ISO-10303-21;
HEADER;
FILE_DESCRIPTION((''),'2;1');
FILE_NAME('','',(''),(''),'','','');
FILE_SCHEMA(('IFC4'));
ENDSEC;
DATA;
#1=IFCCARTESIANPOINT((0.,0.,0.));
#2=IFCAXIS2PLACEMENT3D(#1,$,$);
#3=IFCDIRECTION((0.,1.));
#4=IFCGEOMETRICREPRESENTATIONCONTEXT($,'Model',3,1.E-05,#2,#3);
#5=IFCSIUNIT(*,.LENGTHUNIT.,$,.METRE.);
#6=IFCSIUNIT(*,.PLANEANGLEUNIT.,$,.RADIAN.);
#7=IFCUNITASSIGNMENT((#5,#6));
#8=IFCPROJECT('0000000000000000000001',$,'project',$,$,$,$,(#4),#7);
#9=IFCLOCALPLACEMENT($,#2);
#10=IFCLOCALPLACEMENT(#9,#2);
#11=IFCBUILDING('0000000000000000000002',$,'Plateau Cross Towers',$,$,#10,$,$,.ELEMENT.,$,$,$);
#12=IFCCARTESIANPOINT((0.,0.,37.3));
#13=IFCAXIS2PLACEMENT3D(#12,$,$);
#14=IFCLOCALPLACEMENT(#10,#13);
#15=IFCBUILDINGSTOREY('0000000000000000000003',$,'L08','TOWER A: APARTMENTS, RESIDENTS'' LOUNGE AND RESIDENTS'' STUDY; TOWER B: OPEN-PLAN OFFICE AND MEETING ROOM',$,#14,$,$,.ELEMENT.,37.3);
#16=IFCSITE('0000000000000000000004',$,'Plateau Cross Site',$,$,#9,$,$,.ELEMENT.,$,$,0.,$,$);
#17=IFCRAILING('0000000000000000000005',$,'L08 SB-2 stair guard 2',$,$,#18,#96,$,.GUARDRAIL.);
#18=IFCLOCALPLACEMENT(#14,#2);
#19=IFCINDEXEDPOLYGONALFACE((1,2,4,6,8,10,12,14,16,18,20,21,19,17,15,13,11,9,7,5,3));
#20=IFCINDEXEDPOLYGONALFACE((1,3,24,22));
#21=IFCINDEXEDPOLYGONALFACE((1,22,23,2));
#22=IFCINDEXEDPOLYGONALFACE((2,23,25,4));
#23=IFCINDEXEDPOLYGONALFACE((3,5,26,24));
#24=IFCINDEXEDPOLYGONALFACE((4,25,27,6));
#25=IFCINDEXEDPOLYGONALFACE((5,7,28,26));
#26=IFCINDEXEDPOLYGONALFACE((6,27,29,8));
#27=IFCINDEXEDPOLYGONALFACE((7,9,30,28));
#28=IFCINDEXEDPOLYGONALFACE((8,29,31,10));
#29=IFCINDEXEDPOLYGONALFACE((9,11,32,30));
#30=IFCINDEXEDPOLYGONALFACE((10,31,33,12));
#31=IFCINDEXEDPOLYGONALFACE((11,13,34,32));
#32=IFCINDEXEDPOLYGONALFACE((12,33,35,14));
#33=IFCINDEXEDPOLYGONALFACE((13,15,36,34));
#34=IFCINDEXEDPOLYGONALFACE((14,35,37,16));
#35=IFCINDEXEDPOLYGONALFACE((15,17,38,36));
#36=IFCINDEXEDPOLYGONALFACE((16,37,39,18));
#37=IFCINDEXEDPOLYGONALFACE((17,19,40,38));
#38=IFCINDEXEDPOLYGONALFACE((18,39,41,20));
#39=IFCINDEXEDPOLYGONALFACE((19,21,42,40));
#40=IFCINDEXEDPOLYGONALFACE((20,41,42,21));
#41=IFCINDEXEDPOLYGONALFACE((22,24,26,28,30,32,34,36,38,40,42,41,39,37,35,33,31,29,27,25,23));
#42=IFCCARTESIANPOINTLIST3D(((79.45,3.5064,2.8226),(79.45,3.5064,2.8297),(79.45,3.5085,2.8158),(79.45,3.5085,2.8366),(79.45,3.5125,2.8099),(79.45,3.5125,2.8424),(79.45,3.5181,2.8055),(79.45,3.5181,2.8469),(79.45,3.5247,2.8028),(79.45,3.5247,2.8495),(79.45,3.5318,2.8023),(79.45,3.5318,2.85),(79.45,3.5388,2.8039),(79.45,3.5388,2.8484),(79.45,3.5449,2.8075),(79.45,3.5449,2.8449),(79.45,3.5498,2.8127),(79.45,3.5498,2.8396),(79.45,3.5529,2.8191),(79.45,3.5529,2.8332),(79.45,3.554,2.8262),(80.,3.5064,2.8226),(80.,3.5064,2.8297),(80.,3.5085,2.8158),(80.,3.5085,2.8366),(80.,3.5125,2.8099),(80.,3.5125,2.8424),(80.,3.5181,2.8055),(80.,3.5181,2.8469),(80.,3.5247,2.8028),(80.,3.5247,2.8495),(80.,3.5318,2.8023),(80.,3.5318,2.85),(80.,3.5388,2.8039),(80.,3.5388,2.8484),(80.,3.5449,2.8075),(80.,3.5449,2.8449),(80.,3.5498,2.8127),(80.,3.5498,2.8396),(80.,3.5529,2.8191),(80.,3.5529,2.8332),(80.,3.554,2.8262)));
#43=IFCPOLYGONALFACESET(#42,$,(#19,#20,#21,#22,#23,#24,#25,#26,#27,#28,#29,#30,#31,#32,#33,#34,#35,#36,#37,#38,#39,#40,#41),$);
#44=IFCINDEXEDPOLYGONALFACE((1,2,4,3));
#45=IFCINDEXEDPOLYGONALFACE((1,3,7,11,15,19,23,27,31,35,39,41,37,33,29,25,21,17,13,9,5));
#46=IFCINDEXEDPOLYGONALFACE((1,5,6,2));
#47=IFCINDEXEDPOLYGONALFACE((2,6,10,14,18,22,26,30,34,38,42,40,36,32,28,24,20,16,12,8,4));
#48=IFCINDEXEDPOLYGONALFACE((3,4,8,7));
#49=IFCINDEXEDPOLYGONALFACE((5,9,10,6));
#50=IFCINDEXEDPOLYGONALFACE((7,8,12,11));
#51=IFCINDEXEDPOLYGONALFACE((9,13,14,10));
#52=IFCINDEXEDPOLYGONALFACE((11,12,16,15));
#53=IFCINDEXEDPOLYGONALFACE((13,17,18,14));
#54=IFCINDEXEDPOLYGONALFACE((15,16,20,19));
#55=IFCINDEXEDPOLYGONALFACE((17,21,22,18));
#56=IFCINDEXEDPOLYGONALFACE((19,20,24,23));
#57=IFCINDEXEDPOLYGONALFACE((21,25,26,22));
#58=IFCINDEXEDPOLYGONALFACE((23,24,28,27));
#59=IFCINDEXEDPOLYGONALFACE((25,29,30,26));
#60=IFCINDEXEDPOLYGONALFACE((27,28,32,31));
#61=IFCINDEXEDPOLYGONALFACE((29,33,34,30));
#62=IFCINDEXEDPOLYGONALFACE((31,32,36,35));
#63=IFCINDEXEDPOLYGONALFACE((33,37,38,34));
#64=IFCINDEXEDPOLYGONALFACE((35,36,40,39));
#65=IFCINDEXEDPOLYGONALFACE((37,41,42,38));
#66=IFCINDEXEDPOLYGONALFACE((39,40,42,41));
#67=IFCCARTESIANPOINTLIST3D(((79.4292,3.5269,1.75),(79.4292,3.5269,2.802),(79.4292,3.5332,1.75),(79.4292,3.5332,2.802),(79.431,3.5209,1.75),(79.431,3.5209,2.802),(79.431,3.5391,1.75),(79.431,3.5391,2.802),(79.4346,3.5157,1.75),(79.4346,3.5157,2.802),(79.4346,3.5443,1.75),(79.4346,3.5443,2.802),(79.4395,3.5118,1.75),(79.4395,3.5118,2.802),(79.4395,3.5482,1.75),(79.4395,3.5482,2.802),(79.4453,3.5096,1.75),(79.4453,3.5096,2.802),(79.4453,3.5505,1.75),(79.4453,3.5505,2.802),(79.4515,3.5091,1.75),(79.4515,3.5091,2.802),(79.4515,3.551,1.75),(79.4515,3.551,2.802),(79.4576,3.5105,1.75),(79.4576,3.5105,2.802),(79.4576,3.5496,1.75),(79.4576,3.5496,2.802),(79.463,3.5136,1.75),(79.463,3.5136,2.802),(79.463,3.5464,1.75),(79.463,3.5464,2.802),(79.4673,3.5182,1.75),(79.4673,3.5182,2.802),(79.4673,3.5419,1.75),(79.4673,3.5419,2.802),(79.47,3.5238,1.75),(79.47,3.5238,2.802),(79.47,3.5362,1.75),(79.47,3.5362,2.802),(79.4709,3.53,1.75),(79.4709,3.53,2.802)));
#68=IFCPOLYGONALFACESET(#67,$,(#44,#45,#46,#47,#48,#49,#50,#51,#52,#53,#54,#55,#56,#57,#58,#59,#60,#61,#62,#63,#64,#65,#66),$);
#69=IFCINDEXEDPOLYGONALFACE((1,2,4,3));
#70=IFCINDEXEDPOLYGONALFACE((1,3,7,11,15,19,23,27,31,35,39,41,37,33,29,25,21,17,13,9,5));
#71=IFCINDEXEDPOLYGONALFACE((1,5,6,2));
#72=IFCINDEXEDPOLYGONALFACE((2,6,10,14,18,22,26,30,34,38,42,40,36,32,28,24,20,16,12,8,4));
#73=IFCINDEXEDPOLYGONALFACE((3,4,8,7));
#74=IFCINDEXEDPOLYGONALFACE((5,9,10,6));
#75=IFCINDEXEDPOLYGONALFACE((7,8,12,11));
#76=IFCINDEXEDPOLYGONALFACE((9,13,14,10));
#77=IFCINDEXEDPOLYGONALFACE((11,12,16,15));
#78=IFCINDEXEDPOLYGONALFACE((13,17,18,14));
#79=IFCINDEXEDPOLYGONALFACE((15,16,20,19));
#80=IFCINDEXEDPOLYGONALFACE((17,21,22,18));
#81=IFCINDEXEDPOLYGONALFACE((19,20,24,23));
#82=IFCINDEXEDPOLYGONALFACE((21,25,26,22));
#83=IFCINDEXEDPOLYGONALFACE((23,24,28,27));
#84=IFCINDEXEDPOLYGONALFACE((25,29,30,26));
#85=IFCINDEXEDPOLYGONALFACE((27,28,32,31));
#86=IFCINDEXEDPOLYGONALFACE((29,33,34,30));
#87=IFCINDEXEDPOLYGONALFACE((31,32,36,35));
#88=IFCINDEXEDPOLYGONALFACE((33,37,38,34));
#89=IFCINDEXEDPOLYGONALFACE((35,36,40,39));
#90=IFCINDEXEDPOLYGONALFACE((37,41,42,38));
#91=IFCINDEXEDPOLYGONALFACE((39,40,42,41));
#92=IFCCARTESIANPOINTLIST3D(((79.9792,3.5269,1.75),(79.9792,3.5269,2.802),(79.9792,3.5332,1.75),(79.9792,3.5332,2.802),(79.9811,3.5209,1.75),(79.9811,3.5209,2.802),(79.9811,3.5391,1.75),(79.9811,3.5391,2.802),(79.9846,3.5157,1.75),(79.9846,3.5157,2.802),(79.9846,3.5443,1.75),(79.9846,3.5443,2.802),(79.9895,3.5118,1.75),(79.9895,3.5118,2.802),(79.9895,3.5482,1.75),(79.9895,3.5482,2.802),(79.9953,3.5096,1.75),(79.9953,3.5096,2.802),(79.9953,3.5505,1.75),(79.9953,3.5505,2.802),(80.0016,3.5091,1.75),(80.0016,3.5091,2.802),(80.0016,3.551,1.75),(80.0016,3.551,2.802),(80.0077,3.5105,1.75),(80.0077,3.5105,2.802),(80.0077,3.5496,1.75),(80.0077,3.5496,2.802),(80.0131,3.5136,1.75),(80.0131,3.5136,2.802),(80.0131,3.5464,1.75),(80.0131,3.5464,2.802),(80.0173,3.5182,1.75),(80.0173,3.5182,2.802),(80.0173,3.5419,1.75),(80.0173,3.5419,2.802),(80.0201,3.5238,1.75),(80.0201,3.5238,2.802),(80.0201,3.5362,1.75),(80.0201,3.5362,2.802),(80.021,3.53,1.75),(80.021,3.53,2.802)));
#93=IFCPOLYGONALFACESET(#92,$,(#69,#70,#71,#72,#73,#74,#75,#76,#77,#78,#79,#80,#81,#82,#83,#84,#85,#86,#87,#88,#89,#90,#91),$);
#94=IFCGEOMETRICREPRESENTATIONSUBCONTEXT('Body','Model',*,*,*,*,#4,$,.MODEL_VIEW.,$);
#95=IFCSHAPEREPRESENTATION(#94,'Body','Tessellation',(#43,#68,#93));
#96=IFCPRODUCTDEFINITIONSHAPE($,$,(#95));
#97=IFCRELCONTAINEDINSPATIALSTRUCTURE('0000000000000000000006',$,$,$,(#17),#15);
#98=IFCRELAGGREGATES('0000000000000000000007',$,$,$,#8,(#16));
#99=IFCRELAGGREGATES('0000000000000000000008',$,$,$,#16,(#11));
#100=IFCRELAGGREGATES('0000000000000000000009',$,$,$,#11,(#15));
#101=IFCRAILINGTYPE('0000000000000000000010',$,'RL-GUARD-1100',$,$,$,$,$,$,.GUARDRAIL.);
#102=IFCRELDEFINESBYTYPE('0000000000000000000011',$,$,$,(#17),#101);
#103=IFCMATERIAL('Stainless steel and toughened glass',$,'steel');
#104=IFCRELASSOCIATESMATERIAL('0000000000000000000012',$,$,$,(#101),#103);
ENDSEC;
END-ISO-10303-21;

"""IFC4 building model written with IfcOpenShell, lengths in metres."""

from ifc_helpers import new_model, si_unit, direction, frame, origin, origin_2d, place, context, subcontext, project, spatial, circle, extrude, material, type_object, element, save


model = new_model("IFC4")

# Units and contexts
model_context = context("Model", 3, precision=1e-05, world=origin(), true_north=direction((0.0, 1.0)))
body_context = subcontext(model_context, "Body", "Model", "MODEL_VIEW")
ifc_project = project(units=[si_unit("LENGTHUNIT", "METRE"), si_unit("PLANEANGLEUNIT", "RADIAN")], contexts=[model_context])

# Site, building, storey
site_placement = place(None, origin())
site = spatial("IfcSite", under=ifc_project, at=site_placement, Name="Plateau Cross Site", CompositionType="ELEMENT", RefElevation=0.0)
building_placement = place(site_placement, origin())
building = spatial("IfcBuilding", under=site, at=building_placement, Name="Plateau Cross Towers", CompositionType="ELEMENT")
storey_placement = place(building_placement, frame((0.0, 0.0, 37.3)))
storey = spatial("IfcBuildingStorey", under=building, at=storey_placement, Name="L08", Description="TOWER A: APARTMENTS, RESIDENTS' LOUNGE AND RESIDENTS' STUDY; TOWER B: OPEN-PLAN OFFICE AND MEETING ROOM", CompositionType="ELEMENT", Elevation=37.3)

# Railing
ifc_material_1 = material(Name="Stainless steel and toughened glass", Category="steel")
railing_type_1 = type_object("IfcRailingType", Name="RL-GUARD-1100", PredefinedType="GUARDRAIL", material=ifc_material_1)
railing_1_placement = place(storey_placement, frame((79.45, 3.53, 1.75)))
element("IfcRailing", 1, at=railing_1_placement, inside=storey, type_object=railing_type_1, Name="L08 SB-2 stair guard 2", PredefinedType="GUARDRAIL", context=body_context, shape_type="SweptSolid", body=[
    extrude(circle(Radius=0.0239, at=origin_2d()), frame((0.0, 0.0, 1.0762), z_axis=(1.0, 0.0, 0.0), x_axis=(0.0, 1.0, 0.0)), (0.0, 0.0, 1.0), 0.55),
    extrude(circle(Radius=0.021, at=origin_2d()), origin(), (0.0, 0.0, 1.0), 1.052),
    extrude(circle(Radius=0.021, at=origin_2d()), frame((0.55, 0.0, 0.0)), (0.0, 0.0, 1.0), 1.052),
])

save(model, "model.ifc")
